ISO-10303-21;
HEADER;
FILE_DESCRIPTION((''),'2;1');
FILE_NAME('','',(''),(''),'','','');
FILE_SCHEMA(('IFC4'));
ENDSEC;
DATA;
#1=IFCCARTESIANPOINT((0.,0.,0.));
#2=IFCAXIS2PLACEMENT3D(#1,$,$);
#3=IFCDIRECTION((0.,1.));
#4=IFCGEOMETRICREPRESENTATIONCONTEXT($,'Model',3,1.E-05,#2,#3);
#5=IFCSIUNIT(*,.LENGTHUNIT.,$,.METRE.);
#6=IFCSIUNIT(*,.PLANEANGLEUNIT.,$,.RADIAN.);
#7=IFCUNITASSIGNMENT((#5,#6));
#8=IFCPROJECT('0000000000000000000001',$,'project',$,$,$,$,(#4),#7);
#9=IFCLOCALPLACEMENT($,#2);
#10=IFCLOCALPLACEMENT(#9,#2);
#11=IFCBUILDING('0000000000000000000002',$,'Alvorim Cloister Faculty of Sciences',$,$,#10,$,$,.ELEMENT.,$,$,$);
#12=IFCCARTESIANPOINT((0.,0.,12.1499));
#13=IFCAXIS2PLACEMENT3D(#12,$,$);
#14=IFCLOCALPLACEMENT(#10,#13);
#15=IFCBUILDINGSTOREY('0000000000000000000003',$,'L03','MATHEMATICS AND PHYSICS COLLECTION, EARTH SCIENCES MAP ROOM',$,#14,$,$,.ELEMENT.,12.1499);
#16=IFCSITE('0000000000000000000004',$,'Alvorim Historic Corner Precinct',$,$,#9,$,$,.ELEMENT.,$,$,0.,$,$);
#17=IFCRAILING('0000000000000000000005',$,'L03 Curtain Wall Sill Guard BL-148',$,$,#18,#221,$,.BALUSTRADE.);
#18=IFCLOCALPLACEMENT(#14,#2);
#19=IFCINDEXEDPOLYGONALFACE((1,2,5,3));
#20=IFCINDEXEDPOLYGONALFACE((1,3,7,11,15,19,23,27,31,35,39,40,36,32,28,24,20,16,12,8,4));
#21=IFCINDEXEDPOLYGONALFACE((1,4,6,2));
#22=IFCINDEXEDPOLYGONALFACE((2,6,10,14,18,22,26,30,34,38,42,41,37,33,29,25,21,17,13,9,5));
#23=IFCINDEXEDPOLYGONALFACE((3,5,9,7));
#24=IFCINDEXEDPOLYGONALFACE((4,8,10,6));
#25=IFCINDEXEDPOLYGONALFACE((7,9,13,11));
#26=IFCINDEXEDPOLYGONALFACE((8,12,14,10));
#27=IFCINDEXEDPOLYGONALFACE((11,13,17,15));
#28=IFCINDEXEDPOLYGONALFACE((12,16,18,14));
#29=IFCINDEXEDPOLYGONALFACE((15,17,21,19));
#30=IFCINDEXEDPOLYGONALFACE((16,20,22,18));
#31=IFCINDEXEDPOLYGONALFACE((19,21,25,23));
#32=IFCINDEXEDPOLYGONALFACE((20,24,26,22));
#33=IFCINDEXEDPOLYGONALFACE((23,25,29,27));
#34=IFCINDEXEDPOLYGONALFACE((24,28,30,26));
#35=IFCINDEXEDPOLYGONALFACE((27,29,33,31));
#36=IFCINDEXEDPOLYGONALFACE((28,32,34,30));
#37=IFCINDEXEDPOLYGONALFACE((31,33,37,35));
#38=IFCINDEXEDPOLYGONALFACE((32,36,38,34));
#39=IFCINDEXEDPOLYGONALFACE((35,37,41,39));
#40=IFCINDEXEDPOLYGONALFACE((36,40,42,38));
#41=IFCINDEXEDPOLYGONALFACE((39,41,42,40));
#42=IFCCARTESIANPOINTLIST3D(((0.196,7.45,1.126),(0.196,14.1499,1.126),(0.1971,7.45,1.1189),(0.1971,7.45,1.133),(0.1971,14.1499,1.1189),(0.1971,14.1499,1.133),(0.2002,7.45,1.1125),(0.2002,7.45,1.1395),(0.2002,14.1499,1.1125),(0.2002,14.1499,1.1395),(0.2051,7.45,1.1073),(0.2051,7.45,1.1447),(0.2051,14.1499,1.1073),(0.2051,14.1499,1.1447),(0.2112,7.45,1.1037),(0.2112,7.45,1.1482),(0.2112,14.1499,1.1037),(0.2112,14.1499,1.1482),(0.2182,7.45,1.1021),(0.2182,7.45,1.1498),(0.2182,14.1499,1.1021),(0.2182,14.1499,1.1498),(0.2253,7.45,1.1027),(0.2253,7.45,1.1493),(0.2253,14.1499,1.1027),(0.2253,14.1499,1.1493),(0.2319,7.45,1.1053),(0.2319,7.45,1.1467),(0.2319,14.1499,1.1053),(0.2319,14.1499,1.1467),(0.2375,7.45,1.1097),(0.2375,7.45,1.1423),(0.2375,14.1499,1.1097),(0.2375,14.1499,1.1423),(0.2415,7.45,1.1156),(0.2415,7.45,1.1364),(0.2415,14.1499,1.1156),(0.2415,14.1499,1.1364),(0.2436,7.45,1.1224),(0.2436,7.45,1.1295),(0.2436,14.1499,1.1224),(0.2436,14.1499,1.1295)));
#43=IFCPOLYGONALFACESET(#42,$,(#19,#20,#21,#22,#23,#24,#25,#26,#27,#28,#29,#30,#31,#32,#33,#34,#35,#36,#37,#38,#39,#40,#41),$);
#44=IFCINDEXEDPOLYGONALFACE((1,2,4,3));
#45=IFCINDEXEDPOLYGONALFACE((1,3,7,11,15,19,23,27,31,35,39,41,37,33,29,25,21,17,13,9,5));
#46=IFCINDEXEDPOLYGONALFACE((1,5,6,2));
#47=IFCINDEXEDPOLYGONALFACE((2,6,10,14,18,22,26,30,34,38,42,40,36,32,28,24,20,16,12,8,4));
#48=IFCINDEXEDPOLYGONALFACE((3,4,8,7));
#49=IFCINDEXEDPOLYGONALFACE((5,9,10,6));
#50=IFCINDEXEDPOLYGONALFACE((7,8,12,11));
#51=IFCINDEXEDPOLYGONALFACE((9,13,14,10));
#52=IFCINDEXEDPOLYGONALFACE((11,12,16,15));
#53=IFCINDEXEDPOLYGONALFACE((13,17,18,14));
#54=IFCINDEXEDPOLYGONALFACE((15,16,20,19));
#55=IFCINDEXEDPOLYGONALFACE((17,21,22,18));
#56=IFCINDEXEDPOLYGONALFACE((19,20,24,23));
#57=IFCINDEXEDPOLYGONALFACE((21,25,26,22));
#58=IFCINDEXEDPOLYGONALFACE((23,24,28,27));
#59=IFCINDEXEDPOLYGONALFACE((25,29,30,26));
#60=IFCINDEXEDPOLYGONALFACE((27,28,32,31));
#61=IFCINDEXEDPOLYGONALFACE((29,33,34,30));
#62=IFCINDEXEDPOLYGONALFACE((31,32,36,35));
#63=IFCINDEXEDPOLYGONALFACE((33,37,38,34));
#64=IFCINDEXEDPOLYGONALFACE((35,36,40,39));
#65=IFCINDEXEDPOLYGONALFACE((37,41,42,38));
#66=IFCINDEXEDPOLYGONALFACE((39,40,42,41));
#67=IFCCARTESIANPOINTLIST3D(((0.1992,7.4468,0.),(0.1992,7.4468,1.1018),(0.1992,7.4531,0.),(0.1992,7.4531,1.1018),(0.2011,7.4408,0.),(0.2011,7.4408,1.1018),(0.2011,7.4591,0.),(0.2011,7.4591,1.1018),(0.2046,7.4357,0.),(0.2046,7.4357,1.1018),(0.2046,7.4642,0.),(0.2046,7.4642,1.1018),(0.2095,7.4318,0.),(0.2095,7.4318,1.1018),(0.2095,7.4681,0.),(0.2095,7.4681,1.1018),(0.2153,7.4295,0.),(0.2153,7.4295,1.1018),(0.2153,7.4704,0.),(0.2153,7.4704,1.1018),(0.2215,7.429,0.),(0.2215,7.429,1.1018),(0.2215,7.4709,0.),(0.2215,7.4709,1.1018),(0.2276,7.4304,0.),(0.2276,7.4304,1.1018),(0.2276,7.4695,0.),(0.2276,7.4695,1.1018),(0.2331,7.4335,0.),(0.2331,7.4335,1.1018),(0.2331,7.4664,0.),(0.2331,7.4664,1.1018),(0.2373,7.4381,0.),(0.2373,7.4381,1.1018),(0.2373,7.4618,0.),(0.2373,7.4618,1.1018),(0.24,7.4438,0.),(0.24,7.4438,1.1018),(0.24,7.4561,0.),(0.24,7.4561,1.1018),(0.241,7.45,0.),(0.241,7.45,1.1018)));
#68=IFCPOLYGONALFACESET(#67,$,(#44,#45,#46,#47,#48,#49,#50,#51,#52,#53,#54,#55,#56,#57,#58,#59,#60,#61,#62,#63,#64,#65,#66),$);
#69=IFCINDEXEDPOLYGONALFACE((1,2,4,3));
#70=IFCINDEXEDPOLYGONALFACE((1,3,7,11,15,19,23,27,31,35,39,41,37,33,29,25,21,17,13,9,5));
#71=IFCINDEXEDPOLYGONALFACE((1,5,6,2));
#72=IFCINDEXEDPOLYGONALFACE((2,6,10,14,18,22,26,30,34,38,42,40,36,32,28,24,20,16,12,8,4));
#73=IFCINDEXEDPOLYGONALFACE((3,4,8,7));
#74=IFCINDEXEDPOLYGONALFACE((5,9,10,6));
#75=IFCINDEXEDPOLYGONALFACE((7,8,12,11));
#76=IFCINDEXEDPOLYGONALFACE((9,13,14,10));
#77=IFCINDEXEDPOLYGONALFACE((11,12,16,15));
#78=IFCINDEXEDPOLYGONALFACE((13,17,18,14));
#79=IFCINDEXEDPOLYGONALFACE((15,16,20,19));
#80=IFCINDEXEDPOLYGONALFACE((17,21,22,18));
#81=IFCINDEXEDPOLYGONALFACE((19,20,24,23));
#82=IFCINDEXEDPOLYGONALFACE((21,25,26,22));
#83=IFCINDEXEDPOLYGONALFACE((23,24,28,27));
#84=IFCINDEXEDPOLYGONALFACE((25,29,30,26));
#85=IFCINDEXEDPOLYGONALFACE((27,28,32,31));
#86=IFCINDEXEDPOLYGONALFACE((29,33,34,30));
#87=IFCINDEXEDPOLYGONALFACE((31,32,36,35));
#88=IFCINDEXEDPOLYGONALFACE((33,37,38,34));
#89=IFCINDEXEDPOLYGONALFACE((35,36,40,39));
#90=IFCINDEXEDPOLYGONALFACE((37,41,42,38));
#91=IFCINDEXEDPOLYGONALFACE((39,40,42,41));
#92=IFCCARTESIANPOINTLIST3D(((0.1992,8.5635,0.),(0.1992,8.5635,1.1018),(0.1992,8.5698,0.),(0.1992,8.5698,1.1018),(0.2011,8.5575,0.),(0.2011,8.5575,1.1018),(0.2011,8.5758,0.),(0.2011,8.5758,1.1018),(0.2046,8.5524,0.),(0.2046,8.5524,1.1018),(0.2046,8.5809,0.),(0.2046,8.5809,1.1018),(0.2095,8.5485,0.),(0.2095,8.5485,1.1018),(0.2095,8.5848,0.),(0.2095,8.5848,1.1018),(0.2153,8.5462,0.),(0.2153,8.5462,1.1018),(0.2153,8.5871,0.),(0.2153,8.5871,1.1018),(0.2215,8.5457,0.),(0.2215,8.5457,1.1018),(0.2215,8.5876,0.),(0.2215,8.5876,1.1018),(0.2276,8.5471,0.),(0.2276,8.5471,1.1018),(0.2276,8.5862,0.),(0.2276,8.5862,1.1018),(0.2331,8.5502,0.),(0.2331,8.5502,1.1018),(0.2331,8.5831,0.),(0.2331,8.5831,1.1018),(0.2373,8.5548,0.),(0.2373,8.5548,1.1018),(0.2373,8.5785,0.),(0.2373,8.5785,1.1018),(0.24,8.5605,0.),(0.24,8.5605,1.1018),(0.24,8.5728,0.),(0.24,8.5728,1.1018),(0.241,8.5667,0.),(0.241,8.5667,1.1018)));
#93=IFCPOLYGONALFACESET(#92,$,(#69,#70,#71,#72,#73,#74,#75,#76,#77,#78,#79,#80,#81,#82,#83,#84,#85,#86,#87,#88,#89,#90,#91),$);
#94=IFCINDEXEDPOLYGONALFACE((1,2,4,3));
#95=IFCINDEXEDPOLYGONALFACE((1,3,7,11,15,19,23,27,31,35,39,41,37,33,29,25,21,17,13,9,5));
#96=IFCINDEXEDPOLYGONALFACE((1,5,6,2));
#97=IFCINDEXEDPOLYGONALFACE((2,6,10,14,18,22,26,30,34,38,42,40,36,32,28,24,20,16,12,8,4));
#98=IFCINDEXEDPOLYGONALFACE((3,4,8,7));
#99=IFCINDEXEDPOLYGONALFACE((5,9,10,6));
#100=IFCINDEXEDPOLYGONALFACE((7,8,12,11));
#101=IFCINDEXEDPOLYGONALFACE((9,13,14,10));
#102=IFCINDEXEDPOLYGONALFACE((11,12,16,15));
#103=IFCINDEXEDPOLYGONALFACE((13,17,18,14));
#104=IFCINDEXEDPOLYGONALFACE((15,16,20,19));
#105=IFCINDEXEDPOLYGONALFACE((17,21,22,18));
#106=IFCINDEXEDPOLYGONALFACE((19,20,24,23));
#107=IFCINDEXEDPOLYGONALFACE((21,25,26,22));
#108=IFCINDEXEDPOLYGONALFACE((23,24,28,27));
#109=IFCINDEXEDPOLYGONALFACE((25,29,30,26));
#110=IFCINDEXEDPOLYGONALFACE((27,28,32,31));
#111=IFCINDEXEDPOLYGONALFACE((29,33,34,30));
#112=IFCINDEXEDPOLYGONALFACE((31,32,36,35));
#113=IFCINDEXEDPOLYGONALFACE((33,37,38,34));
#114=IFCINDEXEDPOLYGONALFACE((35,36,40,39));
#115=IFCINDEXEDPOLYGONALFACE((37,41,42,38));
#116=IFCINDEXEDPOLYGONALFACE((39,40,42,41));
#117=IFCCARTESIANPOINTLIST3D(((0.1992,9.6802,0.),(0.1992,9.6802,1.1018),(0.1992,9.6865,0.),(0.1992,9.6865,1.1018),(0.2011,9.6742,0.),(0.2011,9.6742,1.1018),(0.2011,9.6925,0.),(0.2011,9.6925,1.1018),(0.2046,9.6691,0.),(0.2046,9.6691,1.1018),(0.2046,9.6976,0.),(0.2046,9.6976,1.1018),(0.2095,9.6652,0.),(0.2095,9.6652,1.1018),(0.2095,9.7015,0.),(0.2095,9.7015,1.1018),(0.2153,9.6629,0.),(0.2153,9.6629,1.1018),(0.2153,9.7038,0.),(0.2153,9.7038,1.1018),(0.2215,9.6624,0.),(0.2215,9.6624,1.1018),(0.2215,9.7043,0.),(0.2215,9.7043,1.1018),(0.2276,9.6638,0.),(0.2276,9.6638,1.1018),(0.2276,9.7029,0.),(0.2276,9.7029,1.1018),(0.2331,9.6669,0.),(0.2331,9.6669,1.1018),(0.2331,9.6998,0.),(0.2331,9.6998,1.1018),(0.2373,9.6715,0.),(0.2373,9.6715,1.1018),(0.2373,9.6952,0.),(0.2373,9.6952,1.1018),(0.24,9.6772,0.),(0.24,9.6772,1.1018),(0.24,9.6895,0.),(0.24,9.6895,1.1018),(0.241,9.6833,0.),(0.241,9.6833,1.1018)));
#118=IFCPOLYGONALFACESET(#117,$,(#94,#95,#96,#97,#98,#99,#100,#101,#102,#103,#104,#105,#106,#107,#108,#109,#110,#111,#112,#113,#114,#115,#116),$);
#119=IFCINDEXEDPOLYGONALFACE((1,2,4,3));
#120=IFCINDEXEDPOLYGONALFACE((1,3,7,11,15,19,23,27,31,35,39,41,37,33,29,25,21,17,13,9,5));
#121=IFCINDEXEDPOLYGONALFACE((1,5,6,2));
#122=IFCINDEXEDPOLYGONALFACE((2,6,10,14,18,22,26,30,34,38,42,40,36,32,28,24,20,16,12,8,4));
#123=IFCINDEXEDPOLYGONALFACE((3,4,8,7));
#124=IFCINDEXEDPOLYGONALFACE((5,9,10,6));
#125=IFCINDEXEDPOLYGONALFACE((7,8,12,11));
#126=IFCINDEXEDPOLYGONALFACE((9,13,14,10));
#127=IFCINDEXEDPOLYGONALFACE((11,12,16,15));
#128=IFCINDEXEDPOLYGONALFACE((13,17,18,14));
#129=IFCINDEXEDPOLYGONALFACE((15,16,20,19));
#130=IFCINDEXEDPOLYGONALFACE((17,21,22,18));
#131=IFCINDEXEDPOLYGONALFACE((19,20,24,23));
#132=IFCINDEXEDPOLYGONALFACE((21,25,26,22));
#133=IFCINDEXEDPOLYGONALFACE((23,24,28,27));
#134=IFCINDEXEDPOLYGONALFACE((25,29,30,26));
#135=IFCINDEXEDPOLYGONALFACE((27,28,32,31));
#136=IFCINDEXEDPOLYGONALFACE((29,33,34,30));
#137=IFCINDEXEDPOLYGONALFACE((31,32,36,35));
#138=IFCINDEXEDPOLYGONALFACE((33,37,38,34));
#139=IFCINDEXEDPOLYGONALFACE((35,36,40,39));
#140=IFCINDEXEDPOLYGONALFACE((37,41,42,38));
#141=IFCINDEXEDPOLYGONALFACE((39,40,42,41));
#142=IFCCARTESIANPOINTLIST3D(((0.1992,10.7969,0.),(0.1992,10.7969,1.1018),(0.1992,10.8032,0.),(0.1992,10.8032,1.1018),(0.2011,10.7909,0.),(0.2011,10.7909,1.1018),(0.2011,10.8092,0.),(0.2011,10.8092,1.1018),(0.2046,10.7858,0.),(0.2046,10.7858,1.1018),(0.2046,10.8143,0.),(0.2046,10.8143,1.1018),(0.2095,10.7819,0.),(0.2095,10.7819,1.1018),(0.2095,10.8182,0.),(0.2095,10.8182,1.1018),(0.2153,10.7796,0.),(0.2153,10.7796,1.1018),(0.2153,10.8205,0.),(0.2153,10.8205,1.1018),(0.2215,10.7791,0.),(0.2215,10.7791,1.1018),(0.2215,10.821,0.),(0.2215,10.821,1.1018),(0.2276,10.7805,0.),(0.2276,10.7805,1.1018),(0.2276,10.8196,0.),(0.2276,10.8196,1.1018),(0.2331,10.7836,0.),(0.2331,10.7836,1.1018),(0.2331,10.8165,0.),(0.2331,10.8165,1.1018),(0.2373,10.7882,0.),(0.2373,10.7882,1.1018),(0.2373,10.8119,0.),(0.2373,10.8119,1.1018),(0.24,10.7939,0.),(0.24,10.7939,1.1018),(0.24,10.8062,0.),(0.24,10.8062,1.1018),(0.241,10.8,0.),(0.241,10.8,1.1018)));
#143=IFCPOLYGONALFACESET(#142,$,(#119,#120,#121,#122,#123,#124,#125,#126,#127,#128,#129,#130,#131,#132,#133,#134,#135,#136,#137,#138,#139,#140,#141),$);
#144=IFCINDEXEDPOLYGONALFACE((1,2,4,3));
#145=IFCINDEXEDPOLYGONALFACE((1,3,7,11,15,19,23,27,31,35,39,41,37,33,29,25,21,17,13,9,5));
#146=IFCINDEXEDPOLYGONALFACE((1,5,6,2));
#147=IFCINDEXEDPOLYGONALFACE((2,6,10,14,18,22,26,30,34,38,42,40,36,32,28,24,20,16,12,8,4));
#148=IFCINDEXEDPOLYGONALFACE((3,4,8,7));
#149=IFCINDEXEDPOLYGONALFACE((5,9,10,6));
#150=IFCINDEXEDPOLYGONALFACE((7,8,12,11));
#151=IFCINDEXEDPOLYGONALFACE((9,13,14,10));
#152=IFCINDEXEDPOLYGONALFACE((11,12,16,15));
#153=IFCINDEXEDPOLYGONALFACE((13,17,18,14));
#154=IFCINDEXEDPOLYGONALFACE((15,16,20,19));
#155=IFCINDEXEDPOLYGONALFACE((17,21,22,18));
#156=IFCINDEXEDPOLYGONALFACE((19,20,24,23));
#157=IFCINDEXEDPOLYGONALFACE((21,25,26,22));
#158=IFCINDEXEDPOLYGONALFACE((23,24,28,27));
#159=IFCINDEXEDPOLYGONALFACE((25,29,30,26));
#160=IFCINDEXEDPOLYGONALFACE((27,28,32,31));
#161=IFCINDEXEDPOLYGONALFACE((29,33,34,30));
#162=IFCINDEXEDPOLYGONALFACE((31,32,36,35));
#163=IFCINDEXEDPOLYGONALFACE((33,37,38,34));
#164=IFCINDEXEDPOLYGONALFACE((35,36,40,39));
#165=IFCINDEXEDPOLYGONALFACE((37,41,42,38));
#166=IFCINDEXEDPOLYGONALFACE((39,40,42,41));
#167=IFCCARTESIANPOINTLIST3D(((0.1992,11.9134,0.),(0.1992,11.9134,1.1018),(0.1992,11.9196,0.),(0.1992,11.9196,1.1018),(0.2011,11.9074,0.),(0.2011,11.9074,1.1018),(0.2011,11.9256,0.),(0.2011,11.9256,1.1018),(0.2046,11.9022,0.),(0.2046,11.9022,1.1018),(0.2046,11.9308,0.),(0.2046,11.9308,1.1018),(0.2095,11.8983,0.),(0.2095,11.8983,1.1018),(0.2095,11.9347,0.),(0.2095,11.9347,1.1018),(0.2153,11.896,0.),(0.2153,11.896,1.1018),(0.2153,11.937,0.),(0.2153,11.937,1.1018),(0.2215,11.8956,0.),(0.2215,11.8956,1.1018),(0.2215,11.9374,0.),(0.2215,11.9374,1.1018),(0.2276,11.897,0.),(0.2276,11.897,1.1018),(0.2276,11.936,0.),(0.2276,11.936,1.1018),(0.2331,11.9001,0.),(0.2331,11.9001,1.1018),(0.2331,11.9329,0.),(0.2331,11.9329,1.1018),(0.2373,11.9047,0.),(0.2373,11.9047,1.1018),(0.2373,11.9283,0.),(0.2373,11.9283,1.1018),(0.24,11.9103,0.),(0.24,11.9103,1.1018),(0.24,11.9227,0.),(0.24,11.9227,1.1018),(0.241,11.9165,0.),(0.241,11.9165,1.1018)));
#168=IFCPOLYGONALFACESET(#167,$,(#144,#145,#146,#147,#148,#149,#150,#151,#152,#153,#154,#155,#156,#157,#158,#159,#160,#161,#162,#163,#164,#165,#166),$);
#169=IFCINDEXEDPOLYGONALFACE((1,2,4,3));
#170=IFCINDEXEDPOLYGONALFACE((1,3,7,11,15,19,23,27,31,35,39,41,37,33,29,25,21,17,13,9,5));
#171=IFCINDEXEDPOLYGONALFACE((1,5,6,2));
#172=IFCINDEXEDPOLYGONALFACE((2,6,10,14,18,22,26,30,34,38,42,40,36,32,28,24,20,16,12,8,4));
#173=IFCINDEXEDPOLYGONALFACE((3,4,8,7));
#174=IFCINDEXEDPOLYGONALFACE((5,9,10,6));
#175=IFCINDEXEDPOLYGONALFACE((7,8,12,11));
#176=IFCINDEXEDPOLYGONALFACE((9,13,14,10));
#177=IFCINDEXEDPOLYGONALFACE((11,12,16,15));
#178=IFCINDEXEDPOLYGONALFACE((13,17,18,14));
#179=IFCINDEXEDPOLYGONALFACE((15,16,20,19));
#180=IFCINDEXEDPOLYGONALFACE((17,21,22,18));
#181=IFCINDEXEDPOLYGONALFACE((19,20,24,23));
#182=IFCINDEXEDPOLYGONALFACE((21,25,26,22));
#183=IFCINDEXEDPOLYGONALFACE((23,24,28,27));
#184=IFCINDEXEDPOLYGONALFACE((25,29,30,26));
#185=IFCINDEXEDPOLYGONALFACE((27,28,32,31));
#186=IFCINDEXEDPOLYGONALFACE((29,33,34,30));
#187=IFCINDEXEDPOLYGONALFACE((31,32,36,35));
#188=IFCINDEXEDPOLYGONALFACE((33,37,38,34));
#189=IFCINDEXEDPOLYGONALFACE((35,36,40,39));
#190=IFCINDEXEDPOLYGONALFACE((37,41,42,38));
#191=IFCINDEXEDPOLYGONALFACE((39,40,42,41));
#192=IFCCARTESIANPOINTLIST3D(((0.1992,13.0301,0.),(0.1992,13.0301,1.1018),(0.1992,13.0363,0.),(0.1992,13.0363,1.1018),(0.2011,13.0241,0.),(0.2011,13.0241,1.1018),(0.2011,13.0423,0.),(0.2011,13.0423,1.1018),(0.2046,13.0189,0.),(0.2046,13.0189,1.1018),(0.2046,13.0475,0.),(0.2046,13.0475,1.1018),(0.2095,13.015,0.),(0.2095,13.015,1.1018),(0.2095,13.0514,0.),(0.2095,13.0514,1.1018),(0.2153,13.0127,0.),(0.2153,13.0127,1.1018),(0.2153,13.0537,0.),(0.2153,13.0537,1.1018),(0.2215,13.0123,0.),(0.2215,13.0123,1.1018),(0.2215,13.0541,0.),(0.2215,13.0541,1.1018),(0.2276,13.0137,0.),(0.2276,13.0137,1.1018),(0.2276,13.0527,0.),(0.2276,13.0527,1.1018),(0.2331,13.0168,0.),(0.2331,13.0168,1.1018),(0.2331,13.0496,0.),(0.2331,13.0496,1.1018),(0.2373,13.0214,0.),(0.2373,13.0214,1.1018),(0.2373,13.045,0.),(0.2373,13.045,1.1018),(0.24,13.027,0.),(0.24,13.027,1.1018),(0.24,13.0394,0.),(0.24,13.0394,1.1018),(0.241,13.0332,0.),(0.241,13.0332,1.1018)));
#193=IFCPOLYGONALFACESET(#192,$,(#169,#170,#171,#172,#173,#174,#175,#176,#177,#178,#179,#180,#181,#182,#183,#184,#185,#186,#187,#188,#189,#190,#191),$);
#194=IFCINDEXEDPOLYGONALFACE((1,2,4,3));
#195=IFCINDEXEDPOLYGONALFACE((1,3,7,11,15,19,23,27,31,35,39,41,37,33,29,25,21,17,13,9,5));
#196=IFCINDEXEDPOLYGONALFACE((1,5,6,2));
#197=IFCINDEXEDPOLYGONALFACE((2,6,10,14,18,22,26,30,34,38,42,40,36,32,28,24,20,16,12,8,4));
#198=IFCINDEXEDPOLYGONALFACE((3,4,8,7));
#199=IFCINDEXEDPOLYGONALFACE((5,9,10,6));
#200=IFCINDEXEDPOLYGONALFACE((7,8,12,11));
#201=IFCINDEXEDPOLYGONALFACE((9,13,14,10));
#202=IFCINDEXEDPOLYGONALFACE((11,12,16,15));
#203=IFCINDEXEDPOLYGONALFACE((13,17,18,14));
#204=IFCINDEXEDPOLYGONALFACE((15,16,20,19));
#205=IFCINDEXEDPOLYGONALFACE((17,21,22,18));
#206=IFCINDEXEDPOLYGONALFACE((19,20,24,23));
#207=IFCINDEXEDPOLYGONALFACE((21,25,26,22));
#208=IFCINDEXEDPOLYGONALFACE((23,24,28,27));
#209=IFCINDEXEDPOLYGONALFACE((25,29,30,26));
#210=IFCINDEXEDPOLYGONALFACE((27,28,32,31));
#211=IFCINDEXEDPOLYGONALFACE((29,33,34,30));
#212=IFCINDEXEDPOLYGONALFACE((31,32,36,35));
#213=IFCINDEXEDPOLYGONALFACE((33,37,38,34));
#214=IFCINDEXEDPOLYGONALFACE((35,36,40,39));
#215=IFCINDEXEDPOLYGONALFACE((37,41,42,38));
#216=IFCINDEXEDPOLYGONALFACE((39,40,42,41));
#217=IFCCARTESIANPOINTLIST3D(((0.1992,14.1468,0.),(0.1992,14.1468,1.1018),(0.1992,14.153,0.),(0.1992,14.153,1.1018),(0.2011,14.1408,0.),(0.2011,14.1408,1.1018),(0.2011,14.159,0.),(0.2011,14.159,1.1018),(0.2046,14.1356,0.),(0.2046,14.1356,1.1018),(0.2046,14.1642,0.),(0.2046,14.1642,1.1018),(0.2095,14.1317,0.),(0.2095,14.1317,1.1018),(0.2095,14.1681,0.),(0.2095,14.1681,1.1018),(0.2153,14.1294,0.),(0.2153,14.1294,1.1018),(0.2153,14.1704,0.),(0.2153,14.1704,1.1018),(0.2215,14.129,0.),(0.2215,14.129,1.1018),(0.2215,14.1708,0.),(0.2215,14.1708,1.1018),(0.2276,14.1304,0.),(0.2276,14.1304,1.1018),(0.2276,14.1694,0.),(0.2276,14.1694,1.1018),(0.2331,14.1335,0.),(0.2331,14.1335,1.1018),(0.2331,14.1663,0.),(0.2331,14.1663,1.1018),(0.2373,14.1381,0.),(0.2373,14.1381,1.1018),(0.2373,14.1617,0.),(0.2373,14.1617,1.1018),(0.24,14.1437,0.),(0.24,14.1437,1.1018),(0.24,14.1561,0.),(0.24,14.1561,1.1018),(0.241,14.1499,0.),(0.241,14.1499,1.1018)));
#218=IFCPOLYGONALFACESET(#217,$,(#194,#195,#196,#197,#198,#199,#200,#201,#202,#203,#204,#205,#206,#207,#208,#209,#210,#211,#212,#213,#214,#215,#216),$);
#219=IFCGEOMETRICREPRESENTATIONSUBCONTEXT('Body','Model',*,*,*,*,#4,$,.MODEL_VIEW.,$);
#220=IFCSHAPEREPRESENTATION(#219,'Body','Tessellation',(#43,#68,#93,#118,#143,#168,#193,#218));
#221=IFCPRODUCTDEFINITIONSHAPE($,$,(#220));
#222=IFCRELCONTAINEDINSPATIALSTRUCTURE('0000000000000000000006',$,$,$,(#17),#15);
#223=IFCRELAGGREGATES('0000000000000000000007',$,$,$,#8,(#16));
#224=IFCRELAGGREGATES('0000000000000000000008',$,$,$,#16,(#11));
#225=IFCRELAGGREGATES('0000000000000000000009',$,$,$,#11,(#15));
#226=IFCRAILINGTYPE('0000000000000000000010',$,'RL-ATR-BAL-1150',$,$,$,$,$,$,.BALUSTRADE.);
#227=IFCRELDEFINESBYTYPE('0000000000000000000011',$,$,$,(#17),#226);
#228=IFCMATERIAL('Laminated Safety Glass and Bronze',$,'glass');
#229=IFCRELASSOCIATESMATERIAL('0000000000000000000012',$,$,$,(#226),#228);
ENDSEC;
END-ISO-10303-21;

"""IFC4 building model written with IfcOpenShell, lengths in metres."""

from ifc_helpers import new_model, si_unit, direction, frame, origin, origin_2d, place, context, subcontext, project, spatial, circle, extrude, material, type_object, element, save


model = new_model("IFC4")

# Units and contexts
model_context = context("Model", 3, precision=1e-05, world=origin(), true_north=direction((0.0, 1.0)))
body_context = subcontext(model_context, "Body", "Model", "MODEL_VIEW")
ifc_project = project(units=[si_unit("LENGTHUNIT", "METRE"), si_unit("PLANEANGLEUNIT", "RADIAN")], contexts=[model_context])

# Site, building, storey
site_placement = place(None, origin())
site = spatial("IfcSite", under=ifc_project, at=site_placement, Name="Alvorim Historic Corner Precinct", CompositionType="ELEMENT", RefElevation=0.0)
building_placement = place(site_placement, origin())
building = spatial("IfcBuilding", under=site, at=building_placement, Name="Alvorim Cloister Faculty of Sciences", CompositionType="ELEMENT")
storey_placement = place(building_placement, frame((0.0, 0.0, 12.1499)))
storey = spatial("IfcBuildingStorey", under=building, at=storey_placement, Name="L03", Description="MATHEMATICS AND PHYSICS COLLECTION, EARTH SCIENCES MAP ROOM", CompositionType="ELEMENT", Elevation=12.1499)

# Railing
ifc_material_1 = material(Name="Laminated Safety Glass and Bronze", Category="glass")
railing_type = type_object("IfcRailingType", Name="RL-ATR-BAL-1150", PredefinedType="BALUSTRADE", material=ifc_material_1)
railing_placement = place(storey_placement, frame((0.22, 7.45, 0.0)))
element("IfcRailing", 1, at=railing_placement, inside=storey, type_object=railing_type, Name="L03 Curtain Wall Sill Guard BL-148", PredefinedType="BALUSTRADE", context=body_context, shape_type="SweptSolid", body=[
    extrude(circle(Radius=0.0239, at=origin_2d()), frame((0.0, 0.0, 1.126), z_axis=(0.0, 1.0, 0.0), x_axis=(-1.0, 0.0, 0.0)), (0.0, 0.0, 1.0), 6.7),
    extrude(circle(Radius=0.021, at=origin_2d()), origin(), (0.0, 0.0, 1.0), 1.1018),
    extrude(circle(Radius=0.021, at=origin_2d()), frame((0.0, 1.1167, 0.0)), (0.0, 0.0, 1.0), 1.1018),
    extrude(circle(Radius=0.021, at=origin_2d()), frame((0.0, 2.2334, 0.0)), (0.0, 0.0, 1.0), 1.1018),
    extrude(circle(Radius=0.021, at=origin_2d()), frame((0.0, 3.3501, 0.0)), (0.0, 0.0, 1.0), 1.1018),
    extrude(circle(Radius=0.021, at=origin_2d()), frame((0.0, 4.4666, 0.0)), (0.0, 0.0, 1.0), 1.1018),
    extrude(circle(Radius=0.021, at=origin_2d()), frame((0.0, 5.5833, 0.0)), (0.0, 0.0, 1.0), 1.1018),
    extrude(circle(Radius=0.021, at=origin_2d()), frame((0.0, 6.7, 0.0)), (0.0, 0.0, 1.0), 1.1018),
])

save(model, "model.ifc")
